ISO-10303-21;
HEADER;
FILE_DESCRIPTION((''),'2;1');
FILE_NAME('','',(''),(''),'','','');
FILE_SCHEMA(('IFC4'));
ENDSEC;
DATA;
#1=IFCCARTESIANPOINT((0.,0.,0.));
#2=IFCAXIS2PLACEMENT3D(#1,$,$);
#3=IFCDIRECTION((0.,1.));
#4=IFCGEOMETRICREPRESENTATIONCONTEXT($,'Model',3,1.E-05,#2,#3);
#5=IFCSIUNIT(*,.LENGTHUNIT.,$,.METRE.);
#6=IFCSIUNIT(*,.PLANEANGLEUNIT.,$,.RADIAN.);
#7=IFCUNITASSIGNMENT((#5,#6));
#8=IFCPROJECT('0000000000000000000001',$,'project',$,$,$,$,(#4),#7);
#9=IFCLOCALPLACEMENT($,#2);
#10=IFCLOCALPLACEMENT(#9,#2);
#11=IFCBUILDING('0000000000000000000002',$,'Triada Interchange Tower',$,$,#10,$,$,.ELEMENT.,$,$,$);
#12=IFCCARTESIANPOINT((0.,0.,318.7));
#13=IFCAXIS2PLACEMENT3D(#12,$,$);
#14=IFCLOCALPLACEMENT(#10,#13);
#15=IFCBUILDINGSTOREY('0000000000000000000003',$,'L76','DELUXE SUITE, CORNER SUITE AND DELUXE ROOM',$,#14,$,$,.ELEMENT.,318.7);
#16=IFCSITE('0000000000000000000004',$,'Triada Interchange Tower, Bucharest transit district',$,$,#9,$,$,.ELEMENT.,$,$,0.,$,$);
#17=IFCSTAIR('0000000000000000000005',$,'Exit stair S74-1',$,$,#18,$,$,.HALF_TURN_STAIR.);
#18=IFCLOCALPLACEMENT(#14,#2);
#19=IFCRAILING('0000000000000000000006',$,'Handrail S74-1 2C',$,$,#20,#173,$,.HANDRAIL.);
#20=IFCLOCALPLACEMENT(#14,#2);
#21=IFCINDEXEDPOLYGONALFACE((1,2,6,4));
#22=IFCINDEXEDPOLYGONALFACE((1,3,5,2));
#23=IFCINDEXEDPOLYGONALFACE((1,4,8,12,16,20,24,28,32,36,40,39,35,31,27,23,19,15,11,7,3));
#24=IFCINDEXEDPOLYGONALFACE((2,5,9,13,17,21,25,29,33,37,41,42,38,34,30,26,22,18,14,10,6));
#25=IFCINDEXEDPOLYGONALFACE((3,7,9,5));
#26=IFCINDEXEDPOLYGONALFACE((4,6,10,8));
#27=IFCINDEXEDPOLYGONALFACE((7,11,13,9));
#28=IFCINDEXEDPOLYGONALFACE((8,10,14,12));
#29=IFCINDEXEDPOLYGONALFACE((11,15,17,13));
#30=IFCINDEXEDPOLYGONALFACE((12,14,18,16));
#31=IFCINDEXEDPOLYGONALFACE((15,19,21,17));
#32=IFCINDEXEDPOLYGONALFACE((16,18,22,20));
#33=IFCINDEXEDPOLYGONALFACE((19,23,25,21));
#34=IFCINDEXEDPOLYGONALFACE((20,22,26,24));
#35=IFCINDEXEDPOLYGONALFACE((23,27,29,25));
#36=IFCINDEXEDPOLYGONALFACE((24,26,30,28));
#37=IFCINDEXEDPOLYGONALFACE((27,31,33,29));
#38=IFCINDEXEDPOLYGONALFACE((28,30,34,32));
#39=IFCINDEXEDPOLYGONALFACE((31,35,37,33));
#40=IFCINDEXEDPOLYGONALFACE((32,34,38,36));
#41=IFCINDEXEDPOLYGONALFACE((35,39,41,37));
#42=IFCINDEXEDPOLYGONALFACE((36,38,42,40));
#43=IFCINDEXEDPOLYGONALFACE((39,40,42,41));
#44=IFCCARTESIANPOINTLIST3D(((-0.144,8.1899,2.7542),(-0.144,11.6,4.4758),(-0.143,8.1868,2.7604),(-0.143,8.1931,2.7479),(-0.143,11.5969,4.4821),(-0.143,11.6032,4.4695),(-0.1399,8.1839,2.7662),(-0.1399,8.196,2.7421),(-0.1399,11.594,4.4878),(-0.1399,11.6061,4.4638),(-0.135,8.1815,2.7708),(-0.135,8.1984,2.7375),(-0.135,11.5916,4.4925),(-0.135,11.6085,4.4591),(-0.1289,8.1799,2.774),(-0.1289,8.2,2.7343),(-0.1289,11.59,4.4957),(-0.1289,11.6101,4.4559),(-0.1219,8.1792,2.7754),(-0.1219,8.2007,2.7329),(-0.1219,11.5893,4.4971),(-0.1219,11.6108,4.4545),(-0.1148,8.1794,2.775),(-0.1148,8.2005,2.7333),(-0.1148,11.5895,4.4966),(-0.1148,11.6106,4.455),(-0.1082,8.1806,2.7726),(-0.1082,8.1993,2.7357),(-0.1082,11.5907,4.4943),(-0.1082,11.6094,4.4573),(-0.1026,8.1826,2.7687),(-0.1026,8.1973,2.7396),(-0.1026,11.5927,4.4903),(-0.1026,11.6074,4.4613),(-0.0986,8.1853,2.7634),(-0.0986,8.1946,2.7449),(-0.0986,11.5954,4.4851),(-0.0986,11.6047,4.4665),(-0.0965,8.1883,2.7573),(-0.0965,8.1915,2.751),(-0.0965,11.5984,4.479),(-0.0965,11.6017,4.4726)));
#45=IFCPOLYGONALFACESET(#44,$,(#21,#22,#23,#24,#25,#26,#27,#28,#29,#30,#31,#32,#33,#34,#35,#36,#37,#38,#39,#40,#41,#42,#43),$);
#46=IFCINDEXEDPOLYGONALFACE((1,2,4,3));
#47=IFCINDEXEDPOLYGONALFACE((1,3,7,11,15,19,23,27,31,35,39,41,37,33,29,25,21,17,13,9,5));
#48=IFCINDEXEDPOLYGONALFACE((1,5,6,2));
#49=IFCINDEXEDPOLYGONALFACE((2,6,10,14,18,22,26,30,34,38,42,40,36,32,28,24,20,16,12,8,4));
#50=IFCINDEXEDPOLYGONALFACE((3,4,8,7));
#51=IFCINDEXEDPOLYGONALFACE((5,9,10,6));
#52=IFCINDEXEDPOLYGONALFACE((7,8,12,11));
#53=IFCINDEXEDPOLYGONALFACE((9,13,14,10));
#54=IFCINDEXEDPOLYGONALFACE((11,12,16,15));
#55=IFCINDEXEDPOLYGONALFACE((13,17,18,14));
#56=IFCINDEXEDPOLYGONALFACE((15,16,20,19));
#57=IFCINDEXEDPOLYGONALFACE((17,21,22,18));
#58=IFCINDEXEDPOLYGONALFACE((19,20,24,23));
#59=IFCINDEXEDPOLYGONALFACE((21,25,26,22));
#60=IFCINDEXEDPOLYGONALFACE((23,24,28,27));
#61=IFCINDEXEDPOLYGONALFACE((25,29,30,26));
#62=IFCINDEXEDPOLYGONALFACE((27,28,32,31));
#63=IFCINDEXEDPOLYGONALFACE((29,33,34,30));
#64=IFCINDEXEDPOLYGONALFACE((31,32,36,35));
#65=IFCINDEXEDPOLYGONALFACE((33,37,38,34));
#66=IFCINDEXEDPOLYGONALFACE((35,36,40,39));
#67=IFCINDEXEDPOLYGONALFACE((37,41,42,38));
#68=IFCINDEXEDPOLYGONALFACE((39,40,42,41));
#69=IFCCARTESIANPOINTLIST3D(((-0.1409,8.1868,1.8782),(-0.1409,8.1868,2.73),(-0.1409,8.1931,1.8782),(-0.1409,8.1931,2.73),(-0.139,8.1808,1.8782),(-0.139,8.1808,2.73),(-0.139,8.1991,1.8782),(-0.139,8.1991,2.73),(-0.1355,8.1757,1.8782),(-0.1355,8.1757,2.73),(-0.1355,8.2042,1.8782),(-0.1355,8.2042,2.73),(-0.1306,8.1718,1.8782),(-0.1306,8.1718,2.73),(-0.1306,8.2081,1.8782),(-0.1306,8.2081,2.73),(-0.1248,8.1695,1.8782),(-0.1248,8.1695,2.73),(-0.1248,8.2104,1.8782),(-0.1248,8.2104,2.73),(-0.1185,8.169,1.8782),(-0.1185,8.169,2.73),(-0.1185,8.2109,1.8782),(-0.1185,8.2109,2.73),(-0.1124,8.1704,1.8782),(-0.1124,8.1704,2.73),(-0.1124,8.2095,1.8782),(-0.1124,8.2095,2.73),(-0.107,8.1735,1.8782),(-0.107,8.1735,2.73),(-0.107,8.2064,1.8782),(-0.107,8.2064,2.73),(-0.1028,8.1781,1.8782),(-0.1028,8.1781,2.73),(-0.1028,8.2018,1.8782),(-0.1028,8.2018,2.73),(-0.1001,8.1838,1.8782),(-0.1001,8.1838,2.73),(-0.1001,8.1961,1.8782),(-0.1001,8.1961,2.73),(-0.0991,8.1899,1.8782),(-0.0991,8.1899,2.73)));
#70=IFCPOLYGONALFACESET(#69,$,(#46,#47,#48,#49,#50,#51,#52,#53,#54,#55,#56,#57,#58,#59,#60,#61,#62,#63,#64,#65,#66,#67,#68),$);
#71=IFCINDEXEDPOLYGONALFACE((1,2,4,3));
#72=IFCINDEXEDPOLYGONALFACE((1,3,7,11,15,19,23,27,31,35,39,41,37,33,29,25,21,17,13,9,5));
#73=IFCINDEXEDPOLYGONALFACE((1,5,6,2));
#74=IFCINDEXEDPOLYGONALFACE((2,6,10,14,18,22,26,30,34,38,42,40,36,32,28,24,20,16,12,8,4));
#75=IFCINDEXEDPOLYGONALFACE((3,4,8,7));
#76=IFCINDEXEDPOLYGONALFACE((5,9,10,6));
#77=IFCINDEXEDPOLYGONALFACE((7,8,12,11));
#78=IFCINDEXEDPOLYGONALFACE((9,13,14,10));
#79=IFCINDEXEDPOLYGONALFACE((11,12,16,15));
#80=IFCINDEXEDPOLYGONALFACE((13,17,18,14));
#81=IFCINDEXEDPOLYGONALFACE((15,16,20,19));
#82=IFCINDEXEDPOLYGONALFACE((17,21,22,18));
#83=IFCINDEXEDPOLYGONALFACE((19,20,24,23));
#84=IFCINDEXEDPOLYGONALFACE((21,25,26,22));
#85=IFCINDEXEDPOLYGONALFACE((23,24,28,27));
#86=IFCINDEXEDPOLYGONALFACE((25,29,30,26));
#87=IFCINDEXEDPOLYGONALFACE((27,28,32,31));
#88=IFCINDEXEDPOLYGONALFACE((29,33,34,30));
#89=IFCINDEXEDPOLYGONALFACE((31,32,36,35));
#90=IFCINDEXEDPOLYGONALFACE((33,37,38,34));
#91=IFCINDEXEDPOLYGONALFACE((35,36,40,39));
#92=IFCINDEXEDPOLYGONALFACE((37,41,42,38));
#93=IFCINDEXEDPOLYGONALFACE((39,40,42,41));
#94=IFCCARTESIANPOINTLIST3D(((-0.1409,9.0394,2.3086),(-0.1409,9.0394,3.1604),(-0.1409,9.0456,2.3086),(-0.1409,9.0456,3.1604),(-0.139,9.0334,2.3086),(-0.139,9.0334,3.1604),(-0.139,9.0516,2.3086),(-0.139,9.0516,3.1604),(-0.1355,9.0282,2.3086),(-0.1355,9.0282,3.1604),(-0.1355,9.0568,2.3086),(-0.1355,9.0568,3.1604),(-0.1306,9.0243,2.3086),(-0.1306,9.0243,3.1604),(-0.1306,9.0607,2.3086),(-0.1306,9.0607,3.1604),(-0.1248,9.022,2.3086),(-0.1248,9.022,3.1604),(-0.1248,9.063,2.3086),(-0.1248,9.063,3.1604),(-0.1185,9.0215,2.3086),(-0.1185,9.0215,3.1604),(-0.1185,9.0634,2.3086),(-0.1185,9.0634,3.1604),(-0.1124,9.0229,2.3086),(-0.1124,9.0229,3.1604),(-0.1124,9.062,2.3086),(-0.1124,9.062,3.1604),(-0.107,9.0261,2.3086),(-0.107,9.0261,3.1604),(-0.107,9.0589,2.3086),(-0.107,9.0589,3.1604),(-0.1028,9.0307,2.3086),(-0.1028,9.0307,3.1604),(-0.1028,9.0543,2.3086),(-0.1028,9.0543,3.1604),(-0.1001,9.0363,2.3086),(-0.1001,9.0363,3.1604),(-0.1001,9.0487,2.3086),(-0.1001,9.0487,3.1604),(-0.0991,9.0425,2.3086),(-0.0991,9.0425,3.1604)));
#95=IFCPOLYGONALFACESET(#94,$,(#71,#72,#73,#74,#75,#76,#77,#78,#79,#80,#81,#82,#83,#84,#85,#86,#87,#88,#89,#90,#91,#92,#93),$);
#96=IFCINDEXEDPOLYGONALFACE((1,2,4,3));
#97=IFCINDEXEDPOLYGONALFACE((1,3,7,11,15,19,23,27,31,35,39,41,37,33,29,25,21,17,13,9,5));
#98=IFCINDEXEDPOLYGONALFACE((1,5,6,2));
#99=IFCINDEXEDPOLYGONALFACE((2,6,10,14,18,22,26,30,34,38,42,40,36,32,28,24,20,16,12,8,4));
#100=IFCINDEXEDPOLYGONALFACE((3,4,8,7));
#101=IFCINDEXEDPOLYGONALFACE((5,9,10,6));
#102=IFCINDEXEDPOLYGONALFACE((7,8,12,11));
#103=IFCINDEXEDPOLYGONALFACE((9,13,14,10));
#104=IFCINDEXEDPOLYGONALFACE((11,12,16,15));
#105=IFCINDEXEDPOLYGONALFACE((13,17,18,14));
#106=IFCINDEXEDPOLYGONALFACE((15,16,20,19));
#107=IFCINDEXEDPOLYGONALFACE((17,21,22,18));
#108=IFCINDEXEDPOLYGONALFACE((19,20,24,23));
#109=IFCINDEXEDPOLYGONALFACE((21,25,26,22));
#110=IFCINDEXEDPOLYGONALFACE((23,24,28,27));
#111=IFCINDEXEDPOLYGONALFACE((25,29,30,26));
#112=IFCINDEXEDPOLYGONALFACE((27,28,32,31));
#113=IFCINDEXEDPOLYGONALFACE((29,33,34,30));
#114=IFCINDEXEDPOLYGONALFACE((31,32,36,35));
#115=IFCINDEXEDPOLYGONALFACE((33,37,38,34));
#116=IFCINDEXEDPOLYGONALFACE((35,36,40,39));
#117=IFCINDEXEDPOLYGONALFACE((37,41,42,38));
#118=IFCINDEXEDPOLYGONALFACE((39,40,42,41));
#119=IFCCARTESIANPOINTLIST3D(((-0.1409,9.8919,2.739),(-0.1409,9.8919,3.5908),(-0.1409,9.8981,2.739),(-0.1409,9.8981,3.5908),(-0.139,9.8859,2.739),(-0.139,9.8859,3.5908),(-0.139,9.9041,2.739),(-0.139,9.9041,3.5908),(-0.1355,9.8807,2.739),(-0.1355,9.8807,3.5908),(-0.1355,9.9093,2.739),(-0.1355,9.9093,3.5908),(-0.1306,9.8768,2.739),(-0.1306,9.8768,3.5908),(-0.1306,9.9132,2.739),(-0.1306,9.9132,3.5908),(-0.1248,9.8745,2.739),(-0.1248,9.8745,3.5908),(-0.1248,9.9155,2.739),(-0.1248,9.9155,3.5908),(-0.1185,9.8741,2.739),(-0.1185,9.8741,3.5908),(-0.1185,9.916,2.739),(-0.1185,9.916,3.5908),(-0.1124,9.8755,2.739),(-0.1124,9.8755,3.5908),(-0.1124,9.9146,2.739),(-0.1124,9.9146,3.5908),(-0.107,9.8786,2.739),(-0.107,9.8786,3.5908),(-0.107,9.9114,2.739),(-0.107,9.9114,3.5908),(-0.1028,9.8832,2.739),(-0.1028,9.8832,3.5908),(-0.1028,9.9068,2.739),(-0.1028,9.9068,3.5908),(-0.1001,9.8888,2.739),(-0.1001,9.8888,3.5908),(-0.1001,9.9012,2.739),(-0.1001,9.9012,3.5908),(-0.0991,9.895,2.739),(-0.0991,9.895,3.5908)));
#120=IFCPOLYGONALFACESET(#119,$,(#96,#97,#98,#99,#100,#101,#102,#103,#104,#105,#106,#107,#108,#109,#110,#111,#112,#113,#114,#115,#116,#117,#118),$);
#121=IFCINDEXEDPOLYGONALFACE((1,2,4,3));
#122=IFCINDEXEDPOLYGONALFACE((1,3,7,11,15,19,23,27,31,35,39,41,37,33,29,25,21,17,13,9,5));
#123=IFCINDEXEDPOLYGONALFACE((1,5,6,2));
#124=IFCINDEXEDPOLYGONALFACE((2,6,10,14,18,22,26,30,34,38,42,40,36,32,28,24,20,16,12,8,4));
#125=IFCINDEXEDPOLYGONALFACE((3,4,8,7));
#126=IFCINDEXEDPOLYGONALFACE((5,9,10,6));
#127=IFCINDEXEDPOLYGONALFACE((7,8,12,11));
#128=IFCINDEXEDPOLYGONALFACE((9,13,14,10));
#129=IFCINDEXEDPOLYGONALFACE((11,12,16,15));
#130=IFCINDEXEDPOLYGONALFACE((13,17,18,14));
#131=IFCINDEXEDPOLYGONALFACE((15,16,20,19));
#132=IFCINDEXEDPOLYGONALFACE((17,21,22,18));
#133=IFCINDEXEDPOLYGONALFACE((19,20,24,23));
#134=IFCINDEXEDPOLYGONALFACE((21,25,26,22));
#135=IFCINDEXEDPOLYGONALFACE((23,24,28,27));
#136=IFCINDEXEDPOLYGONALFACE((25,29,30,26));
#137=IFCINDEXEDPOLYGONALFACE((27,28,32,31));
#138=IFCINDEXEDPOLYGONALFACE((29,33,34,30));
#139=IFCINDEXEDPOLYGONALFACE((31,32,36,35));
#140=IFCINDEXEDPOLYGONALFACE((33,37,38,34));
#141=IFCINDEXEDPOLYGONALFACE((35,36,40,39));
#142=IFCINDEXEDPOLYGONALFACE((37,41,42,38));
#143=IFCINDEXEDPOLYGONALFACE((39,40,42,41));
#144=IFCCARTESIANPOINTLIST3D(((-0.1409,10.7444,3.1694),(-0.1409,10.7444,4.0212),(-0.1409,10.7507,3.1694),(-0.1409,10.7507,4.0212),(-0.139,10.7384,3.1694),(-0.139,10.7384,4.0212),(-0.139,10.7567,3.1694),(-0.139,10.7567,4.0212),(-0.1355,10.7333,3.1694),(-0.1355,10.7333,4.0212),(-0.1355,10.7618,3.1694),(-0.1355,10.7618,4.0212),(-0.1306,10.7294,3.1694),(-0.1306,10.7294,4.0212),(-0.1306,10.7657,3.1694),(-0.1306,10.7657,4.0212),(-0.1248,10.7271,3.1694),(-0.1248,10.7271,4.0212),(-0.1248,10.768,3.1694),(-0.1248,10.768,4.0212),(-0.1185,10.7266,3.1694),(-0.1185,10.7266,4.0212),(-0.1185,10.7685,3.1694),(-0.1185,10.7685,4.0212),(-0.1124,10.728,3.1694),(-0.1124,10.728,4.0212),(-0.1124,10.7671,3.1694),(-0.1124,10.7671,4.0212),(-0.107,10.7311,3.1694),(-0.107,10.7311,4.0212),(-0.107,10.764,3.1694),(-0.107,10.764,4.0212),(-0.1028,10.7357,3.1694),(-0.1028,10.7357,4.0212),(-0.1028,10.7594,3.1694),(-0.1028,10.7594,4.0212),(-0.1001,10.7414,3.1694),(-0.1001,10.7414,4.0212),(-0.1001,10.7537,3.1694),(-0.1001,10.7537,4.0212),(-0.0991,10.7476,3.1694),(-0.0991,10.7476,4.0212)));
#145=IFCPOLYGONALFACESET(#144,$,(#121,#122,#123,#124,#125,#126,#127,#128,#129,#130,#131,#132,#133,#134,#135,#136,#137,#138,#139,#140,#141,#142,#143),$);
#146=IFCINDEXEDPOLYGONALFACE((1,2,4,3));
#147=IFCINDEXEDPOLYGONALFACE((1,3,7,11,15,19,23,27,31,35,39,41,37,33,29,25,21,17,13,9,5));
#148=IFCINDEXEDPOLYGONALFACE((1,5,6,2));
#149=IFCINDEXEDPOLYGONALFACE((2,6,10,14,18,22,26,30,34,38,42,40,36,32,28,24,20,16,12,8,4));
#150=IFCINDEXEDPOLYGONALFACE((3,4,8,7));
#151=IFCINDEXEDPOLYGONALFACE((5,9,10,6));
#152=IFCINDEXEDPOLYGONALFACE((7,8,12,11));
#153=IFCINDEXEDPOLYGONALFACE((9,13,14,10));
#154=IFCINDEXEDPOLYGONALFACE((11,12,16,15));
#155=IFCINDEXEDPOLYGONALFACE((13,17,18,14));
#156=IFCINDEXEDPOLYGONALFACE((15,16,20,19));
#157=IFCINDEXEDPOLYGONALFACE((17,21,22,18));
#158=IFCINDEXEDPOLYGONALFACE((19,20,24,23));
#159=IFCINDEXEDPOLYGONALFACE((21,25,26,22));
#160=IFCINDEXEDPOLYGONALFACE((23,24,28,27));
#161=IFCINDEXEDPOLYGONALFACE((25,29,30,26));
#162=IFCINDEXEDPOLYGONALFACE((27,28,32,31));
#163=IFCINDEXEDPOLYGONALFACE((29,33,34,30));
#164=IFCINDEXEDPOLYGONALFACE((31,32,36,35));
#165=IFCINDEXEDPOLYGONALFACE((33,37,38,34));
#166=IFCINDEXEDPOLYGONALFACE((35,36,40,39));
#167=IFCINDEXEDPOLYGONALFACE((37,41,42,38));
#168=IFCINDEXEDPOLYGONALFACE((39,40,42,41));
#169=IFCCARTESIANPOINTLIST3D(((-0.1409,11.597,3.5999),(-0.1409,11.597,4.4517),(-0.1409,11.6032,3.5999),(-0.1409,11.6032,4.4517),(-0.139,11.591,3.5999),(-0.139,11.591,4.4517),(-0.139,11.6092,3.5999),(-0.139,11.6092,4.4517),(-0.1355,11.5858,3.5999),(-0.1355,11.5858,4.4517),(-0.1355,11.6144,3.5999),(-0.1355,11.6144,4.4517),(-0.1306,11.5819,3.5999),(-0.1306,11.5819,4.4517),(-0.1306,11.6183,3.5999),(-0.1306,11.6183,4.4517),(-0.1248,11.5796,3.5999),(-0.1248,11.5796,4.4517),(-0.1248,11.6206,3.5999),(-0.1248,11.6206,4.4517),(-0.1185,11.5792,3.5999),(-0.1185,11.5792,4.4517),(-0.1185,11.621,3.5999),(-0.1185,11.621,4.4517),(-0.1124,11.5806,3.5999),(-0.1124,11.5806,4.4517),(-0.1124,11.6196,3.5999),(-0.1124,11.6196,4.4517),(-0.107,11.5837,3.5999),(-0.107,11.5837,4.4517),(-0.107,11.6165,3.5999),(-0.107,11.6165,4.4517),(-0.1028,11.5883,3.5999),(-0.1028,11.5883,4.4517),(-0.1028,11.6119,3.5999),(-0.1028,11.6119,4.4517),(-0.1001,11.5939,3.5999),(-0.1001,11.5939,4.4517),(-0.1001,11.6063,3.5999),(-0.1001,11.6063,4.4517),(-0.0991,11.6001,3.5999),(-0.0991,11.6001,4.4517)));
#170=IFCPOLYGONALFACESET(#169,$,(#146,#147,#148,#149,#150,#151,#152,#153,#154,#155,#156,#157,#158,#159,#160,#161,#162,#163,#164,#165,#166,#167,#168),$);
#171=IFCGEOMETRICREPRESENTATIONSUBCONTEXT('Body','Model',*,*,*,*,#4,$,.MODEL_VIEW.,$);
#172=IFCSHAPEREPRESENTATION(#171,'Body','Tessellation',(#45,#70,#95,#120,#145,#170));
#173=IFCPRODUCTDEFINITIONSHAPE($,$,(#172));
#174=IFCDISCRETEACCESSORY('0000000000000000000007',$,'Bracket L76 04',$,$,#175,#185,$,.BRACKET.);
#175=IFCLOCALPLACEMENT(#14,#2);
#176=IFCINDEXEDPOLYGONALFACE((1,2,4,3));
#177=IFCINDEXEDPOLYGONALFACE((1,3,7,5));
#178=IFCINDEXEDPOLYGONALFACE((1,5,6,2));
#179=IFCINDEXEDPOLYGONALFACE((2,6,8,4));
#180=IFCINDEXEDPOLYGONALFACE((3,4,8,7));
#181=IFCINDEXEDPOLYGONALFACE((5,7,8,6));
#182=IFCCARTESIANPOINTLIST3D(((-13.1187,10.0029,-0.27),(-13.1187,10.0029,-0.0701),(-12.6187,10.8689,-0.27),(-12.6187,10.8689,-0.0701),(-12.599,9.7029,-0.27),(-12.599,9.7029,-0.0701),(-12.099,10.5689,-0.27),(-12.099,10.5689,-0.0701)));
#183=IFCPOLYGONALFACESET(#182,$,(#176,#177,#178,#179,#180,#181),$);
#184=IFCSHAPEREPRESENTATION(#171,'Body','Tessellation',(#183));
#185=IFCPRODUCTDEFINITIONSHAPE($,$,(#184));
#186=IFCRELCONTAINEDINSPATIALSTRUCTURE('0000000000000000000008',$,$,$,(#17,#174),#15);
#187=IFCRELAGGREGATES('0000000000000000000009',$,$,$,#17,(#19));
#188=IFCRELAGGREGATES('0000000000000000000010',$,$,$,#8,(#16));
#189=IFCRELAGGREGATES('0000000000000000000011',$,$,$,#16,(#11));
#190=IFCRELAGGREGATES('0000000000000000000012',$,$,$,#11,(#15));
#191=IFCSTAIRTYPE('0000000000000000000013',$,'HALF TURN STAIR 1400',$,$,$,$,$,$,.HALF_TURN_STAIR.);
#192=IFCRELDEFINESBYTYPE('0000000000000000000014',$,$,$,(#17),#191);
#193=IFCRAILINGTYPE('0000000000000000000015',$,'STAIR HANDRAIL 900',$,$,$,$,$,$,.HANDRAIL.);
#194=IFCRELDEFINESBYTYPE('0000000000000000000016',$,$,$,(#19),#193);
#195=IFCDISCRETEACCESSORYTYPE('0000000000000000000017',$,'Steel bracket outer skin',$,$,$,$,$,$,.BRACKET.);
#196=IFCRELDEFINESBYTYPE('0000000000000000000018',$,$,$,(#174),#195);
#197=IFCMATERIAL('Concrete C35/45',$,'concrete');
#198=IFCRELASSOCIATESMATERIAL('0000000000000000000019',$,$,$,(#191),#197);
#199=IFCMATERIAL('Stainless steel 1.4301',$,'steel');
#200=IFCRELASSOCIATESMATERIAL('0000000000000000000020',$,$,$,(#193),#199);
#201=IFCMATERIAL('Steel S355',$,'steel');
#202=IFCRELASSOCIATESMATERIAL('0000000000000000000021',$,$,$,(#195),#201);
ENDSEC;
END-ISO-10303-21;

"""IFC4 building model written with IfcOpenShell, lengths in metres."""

from ifc_helpers import new_model, si_unit, direction, frame, origin, origin_2d, place, context, subcontext, project, spatial, rectangle, circle, extrude, material, type_object, element, aggregate, save


model = new_model("IFC4")

# Units and contexts
model_context = context("Model", 3, precision=1e-05, world=origin(), true_north=direction((0.0, 1.0)))
body_context = subcontext(model_context, "Body", "Model", "MODEL_VIEW")
ifc_project = project(units=[si_unit("LENGTHUNIT", "METRE"), si_unit("PLANEANGLEUNIT", "RADIAN")], contexts=[model_context])

# Site, building, storey
site_placement = place(None, origin())
site = spatial("IfcSite", under=ifc_project, at=site_placement, Name="Triada Interchange Tower, Bucharest transit district", CompositionType="ELEMENT", RefElevation=0.0)
building_placement = place(site_placement, origin())
building = spatial("IfcBuilding", under=site, at=building_placement, Name="Triada Interchange Tower", CompositionType="ELEMENT")
storey_placement = place(building_placement, frame((0.0, 0.0, 318.7)))
storey = spatial("IfcBuildingStorey", under=building, at=storey_placement, Name="L76", Description="DELUXE SUITE, CORNER SUITE AND DELUXE ROOM", CompositionType="ELEMENT", Elevation=318.7)

# Stair
ifc_material_1 = material(Name="Concrete C35/45", Category="concrete")
stair_type = type_object("IfcStairType", Name="HALF TURN STAIR 1400", PredefinedType="HALF_TURN_STAIR", material=ifc_material_1)
stair_placement = place(storey_placement, origin())
stair = element("IfcStair", 1, at=stair_placement, inside=storey, type_object=stair_type, Name="Exit stair S74-1", PredefinedType="HALF_TURN_STAIR")

# Railing
ifc_material_2 = material(Name="Stainless steel 1.4301", Category="steel")
railing_type = type_object("IfcRailingType", Name="STAIR HANDRAIL 900", PredefinedType="HANDRAIL", material=ifc_material_2)
railing_1_placement = place(storey_placement, frame((-0.1201, 8.1899, 1.8782)))
railing_1 = element("IfcRailing", 2, at=railing_1_placement, type_object=railing_type, Name="Handrail S74-1 2C", PredefinedType="HANDRAIL", context=body_context, shape_type="SweptSolid", body=[
    extrude(circle(Radius=0.0239, at=origin_2d()), frame((0.0, 0.0, 0.876), z_axis=(0.0, 0.892682, 0.450687), x_axis=(-1.0, 0.0, 0.0)), (0.0, 0.0, 1.0), 3.8201),
    extrude(circle(Radius=0.021, at=origin_2d()), origin(), (0.0, 0.0, 1.0), 0.8518),
    extrude(circle(Radius=0.021, at=origin_2d()), frame((0.0, 0.8525, 0.4304)), (0.0, 0.0, 1.0), 0.8518),
    extrude(circle(Radius=0.021, at=origin_2d()), frame((0.0, 1.7051, 0.8608)), (0.0, 0.0, 1.0), 0.8518),
    extrude(circle(Radius=0.021, at=origin_2d()), frame((0.0, 2.5576, 1.2913)), (0.0, 0.0, 1.0), 0.8518),
    extrude(circle(Radius=0.021, at=origin_2d()), frame((0.0, 3.4102, 1.7217)), (0.0, 0.0, 1.0), 0.8518),
])
aggregate(stair, [railing_1])

# Discrete accessory
ifc_material_3 = material(Name="Steel S355", Category="steel")
discrete_accessory_type = type_object("IfcDiscreteAccessoryType", Name="Steel bracket outer skin", PredefinedType="BRACKET", material=ifc_material_3)
discrete_accessory_placement = place(storey_placement, frame((-12.6089, 10.2859, -0.27), z_axis=(0.0, 0.0, 1.0), x_axis=(-0.866025, 0.500001, 0.0)))
element("IfcDiscreteAccessory", 3, at=discrete_accessory_placement, inside=storey, type_object=discrete_accessory_type, Name="Bracket L76 04", PredefinedType="BRACKET", context=body_context, shape_type="SweptSolid", body=[
    extrude(rectangle(XDim=0.6001, YDim=1.0, at=origin_2d()), origin(), (0.0, 0.0, 1.0), 0.2),
])

save(model, "model.ifc")
